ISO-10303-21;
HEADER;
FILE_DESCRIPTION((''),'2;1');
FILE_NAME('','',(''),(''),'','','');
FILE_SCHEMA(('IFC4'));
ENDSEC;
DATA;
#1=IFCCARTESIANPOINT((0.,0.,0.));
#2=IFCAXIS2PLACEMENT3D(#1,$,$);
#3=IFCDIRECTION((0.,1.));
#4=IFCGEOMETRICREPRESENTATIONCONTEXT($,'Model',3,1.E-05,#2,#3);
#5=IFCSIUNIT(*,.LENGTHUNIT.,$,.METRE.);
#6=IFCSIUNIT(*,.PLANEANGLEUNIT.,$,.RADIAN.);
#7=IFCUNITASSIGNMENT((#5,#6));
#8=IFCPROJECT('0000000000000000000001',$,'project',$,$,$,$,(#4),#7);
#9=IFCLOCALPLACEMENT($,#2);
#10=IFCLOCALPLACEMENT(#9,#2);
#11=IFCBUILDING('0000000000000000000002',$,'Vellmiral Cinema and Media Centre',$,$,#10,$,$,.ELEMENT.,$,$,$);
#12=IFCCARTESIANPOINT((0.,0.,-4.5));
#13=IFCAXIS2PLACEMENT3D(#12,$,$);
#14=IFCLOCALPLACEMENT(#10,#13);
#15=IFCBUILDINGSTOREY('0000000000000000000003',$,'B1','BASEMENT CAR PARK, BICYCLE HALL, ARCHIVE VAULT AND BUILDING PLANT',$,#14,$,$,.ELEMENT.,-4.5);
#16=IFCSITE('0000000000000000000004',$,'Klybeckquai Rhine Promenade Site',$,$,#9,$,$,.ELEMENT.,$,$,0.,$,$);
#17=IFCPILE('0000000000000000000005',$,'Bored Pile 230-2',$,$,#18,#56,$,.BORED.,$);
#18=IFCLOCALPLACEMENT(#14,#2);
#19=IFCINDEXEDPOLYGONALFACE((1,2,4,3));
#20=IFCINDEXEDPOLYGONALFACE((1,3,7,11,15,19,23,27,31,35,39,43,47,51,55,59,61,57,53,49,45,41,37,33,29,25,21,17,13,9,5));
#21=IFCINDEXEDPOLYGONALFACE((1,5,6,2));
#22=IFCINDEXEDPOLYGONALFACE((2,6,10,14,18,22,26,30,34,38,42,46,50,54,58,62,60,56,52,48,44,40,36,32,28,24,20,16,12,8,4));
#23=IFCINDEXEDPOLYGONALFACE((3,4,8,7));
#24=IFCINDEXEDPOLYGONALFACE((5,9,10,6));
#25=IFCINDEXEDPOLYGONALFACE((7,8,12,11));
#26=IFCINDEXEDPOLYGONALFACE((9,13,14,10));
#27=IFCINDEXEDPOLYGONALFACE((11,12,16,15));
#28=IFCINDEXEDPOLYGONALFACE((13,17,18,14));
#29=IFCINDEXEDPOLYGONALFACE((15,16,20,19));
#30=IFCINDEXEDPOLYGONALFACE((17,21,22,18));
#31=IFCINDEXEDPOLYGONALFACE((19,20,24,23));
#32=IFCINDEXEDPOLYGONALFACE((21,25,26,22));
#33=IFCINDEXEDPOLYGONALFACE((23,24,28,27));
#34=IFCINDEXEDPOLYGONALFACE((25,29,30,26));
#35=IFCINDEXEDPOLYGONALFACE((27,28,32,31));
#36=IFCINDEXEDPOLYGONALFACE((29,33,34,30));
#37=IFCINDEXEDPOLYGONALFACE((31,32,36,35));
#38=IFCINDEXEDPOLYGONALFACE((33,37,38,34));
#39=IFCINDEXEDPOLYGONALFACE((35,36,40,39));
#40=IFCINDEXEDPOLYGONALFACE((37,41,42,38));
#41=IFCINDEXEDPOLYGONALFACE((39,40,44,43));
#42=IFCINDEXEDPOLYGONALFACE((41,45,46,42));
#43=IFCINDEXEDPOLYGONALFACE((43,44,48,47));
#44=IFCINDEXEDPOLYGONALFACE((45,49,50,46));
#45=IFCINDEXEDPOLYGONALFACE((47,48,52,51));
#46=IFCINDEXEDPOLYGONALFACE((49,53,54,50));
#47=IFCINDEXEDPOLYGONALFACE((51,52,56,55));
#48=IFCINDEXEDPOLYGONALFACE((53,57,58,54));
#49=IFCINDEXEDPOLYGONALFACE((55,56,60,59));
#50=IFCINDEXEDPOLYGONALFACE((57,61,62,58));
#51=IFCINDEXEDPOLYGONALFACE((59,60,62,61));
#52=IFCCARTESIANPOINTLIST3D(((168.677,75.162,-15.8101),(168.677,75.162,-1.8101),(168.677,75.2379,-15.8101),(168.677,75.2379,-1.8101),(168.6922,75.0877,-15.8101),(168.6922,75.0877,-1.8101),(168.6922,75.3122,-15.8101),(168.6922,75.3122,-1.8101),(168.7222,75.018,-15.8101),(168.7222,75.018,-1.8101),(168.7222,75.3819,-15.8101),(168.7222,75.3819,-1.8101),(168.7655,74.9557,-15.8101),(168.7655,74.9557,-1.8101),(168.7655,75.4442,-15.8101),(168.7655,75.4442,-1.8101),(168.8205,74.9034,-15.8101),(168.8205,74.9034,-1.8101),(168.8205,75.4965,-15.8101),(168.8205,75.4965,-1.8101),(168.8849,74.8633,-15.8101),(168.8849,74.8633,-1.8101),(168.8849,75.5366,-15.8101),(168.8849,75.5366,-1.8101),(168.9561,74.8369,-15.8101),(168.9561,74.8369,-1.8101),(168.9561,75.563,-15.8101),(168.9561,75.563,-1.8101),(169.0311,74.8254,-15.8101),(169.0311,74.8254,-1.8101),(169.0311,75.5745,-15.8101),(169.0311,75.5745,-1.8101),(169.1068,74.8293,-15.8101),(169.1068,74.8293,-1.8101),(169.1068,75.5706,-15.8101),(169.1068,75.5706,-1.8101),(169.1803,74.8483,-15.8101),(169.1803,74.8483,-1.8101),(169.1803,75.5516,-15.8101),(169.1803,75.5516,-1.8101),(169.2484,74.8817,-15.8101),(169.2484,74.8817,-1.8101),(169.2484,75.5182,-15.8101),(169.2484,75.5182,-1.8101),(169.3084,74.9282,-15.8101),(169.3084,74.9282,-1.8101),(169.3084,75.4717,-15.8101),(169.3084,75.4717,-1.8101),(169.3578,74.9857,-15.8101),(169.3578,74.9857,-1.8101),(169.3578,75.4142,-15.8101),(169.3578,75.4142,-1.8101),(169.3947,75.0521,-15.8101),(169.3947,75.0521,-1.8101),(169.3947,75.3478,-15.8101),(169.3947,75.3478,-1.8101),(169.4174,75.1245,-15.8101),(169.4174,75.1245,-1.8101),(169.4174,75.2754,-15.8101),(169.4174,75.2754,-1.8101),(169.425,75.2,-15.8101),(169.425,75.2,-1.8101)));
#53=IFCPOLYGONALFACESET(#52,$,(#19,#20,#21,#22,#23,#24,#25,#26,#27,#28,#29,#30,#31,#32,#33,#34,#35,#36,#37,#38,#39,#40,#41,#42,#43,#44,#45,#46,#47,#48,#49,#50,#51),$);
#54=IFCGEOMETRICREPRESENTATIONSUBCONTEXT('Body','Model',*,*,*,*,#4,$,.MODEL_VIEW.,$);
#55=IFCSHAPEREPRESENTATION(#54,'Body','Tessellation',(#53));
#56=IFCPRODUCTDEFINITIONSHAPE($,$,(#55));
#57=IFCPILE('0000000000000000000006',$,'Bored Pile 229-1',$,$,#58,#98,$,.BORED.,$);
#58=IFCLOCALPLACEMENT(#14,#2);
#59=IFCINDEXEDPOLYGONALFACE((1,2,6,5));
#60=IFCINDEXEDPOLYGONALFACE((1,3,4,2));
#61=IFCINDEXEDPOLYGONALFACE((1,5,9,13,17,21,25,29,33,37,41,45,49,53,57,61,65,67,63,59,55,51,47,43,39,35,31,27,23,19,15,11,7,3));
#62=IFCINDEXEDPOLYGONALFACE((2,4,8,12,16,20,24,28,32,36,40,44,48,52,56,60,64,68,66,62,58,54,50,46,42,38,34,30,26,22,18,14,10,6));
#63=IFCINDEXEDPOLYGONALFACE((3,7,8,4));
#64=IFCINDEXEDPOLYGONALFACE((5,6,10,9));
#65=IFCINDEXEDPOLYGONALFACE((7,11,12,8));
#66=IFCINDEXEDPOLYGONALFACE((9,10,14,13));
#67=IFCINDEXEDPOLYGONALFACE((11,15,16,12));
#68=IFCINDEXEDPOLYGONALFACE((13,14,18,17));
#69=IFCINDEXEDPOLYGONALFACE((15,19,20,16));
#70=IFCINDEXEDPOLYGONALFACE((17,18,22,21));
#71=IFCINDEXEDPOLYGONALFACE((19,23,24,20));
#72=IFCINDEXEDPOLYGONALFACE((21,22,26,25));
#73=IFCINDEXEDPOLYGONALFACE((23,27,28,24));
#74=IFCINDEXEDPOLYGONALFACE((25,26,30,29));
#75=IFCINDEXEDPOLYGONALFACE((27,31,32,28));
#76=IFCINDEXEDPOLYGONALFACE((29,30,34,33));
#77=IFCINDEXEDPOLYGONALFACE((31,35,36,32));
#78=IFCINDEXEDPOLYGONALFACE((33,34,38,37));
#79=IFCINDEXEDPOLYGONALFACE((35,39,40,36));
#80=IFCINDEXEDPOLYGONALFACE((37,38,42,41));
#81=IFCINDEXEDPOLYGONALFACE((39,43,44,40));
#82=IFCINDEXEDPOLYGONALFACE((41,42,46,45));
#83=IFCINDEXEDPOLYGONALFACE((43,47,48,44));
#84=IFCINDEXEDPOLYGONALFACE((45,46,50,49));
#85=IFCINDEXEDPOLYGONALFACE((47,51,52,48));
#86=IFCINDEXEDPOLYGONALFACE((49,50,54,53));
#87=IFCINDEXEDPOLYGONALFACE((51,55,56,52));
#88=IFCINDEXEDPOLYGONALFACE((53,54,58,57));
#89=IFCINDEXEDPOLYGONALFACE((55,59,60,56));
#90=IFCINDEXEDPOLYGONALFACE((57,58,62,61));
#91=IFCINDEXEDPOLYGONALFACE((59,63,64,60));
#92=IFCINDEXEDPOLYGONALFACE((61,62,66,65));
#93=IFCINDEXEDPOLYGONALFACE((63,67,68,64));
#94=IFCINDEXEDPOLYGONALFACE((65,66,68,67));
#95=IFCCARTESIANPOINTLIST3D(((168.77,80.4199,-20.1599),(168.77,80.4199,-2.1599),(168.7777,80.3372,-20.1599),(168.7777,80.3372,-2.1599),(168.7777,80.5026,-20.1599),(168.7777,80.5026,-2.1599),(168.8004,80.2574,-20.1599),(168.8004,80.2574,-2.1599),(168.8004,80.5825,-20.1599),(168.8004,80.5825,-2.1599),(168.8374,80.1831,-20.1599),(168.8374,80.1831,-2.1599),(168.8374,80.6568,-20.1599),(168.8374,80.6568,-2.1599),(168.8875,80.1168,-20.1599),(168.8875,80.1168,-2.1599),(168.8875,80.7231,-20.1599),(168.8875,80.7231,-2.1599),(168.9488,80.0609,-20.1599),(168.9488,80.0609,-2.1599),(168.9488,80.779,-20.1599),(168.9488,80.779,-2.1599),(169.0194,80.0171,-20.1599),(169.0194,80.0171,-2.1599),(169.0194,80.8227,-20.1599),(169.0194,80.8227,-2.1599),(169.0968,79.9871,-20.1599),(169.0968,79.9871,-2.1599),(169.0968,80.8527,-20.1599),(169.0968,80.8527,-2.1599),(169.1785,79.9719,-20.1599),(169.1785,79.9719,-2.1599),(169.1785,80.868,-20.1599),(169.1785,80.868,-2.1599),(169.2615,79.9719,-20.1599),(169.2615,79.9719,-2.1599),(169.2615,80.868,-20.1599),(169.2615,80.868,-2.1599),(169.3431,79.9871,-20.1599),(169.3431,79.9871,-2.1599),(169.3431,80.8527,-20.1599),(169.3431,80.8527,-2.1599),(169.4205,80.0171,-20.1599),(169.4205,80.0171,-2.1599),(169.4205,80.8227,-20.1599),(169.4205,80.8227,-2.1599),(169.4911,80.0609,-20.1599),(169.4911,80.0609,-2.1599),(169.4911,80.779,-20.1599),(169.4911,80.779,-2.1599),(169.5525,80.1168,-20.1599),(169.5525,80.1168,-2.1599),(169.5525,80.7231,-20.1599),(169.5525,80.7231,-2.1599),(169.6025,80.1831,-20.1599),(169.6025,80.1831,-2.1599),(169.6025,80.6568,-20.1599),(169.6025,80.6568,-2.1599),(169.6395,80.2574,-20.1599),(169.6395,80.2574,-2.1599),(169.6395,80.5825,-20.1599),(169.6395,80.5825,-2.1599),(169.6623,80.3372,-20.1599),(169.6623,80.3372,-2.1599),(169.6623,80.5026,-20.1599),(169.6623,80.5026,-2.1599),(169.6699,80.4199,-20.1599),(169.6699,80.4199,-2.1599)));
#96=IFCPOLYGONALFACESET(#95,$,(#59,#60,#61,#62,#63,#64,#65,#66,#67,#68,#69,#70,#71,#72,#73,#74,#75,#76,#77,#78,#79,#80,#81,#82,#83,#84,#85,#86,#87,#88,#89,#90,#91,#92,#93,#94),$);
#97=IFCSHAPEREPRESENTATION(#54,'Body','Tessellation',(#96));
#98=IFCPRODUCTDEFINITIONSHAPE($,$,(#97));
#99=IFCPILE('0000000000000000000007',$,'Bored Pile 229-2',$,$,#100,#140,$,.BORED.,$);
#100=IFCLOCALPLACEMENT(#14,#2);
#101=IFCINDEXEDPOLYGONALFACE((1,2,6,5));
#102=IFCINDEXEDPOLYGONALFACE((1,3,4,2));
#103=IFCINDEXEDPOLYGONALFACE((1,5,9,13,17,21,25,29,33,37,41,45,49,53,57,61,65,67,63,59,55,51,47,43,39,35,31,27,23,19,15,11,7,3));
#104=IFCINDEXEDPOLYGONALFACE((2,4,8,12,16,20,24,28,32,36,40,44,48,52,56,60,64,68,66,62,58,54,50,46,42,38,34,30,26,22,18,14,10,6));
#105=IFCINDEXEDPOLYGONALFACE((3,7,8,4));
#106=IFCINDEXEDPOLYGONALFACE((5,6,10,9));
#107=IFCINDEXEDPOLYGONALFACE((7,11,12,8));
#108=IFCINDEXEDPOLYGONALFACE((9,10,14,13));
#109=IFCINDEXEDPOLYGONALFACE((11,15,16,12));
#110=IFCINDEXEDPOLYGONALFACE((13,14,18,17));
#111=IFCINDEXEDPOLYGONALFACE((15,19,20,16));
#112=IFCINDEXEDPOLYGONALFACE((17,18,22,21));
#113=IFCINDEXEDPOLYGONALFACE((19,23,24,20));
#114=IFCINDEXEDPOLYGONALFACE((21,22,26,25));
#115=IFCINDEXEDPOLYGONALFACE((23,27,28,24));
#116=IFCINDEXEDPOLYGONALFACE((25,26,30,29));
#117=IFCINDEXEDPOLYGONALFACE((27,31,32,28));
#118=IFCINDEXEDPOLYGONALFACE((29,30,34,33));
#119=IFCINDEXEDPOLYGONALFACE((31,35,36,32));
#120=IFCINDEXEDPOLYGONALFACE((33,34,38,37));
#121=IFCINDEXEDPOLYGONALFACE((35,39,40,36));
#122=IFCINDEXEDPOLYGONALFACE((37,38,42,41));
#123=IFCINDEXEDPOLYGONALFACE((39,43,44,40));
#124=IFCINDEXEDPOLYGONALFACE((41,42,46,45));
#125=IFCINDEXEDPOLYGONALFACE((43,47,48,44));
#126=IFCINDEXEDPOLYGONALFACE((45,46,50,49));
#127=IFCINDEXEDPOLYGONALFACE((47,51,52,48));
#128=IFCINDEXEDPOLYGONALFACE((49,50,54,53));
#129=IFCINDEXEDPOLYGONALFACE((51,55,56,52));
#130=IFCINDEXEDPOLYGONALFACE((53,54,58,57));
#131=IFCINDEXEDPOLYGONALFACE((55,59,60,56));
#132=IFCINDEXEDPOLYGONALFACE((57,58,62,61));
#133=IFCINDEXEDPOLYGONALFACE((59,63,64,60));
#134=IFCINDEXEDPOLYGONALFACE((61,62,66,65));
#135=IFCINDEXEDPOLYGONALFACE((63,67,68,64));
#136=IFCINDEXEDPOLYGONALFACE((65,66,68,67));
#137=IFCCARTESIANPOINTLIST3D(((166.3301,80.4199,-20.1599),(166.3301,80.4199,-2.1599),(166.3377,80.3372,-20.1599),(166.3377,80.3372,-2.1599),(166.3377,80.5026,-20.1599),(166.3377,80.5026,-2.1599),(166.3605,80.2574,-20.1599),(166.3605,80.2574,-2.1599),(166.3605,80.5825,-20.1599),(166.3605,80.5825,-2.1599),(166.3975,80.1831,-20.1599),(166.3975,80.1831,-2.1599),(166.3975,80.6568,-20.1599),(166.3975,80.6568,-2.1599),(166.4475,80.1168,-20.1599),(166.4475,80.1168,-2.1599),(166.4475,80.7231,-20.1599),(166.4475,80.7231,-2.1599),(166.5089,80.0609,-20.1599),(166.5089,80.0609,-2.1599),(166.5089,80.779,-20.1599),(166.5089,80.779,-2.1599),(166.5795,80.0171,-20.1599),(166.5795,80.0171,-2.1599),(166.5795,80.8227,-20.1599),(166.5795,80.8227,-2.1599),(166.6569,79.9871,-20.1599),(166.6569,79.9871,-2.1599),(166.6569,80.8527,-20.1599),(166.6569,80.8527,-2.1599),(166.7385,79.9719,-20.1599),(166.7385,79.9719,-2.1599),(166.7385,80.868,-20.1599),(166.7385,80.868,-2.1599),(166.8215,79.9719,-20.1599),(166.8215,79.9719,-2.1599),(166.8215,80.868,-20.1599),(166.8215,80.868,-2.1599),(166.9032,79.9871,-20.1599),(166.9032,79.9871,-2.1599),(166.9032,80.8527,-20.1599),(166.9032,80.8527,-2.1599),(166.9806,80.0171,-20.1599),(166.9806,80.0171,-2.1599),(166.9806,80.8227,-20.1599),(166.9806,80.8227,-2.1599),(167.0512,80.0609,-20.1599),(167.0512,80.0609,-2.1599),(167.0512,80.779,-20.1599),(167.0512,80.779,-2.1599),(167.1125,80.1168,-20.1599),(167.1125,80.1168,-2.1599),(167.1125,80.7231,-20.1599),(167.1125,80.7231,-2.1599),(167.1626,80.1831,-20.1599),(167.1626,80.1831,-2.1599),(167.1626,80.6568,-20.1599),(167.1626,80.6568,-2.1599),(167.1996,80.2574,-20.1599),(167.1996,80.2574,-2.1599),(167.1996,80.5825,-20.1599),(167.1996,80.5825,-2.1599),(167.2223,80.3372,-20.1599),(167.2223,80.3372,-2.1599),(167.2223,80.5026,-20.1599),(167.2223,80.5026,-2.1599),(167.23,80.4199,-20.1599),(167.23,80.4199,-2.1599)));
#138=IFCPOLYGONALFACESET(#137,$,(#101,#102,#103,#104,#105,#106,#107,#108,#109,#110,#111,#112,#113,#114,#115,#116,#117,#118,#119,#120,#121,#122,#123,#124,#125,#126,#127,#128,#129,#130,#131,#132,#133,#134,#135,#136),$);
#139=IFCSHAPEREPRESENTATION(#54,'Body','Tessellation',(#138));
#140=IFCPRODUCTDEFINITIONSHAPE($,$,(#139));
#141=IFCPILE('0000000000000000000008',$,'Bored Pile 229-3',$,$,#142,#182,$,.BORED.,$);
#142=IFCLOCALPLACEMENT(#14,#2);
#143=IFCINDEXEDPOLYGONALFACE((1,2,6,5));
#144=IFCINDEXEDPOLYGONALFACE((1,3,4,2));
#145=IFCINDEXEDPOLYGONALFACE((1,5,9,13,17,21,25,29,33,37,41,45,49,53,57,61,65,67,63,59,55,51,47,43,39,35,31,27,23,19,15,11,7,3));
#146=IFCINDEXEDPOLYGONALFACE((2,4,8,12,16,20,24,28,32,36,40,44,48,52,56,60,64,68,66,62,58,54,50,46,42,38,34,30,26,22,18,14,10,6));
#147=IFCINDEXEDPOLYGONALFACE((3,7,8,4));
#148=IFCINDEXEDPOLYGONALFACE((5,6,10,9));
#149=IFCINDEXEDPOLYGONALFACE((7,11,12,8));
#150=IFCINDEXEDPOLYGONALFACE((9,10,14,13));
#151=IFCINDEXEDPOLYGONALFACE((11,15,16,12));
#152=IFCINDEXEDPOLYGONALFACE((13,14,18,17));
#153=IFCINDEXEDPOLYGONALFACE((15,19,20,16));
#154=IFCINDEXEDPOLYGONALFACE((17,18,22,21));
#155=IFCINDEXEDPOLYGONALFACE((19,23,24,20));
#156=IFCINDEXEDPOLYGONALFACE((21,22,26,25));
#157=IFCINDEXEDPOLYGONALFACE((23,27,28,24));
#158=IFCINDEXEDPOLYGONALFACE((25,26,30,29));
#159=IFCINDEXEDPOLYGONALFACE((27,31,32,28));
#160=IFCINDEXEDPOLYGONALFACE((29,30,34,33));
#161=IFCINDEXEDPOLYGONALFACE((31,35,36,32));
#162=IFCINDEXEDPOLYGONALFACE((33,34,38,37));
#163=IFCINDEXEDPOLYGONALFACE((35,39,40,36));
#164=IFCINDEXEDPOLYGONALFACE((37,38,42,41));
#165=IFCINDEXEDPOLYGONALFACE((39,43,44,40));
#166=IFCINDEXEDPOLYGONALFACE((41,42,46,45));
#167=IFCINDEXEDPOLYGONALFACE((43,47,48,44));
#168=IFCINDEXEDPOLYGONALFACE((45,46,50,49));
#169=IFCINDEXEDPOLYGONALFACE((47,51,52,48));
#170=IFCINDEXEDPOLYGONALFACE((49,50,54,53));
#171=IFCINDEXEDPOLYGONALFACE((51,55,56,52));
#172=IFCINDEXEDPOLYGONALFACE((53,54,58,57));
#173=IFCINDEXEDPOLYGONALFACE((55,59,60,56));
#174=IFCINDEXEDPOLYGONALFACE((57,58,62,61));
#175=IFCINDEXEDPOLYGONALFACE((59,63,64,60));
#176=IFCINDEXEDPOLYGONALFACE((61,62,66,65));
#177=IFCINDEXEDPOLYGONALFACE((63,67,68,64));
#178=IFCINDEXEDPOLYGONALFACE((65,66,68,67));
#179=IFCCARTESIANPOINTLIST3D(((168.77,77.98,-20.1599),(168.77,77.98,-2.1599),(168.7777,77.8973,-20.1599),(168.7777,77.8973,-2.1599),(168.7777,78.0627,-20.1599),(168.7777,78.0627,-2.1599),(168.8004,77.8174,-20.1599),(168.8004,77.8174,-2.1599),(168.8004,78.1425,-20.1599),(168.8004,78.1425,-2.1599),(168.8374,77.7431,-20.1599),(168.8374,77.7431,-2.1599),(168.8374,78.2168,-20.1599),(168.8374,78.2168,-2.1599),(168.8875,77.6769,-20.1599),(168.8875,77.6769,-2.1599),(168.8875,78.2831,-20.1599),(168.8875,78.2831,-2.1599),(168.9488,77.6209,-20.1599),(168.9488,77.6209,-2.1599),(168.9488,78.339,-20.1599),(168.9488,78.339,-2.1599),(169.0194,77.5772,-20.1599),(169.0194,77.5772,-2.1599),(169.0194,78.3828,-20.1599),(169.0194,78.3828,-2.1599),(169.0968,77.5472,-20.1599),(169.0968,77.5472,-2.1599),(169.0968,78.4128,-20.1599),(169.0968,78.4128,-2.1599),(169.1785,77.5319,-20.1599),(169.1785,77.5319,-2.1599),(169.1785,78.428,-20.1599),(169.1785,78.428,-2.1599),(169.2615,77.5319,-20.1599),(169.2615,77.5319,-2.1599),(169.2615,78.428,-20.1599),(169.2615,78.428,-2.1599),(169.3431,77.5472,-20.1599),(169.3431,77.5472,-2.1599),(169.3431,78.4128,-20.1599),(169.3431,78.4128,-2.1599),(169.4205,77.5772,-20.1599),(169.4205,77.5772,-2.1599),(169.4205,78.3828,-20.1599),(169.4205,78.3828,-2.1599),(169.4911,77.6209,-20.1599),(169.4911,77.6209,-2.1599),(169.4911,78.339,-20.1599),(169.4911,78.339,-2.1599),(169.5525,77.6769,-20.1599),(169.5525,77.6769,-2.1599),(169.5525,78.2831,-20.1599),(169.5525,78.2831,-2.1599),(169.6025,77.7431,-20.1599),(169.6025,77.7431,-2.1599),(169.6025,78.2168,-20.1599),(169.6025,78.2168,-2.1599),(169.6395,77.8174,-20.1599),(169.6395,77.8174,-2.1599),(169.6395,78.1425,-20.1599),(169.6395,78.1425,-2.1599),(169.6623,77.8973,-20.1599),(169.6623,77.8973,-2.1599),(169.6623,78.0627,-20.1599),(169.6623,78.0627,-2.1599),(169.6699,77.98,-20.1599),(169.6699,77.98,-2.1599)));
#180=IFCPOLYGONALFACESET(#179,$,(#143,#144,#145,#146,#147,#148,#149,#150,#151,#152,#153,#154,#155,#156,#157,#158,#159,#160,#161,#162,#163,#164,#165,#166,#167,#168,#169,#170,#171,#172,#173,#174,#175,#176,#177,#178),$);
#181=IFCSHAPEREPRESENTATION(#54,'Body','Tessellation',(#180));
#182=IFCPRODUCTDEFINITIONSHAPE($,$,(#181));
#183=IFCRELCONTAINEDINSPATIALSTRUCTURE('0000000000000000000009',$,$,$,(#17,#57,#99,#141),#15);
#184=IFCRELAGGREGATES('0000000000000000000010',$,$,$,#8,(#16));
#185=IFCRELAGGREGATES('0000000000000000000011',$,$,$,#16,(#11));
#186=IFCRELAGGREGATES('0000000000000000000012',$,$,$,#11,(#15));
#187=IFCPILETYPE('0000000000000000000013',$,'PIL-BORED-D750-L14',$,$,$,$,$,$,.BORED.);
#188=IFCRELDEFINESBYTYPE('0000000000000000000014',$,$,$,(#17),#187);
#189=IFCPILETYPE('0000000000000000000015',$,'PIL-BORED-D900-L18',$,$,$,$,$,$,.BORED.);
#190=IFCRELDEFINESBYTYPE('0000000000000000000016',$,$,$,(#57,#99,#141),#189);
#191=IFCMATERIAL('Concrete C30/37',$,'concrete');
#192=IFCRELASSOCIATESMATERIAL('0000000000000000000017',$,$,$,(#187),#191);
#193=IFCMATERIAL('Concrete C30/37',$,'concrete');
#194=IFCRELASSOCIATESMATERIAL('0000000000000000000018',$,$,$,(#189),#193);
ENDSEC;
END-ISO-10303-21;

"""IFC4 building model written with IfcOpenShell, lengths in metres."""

from ifc_helpers import new_model, si_unit, direction, frame, origin, origin_2d, place, context, subcontext, project, spatial, circle, extrude, material, material_profile, profile_set, type_object, element, save


model = new_model("IFC4")

# Units and contexts
model_context = context("Model", 3, precision=1e-05, world=origin(), true_north=direction((0.0, 1.0)))
body_context = subcontext(model_context, "Body", "Model", "MODEL_VIEW")
ifc_project = project(units=[si_unit("LENGTHUNIT", "METRE"), si_unit("PLANEANGLEUNIT", "RADIAN")], contexts=[model_context])

# Site, building, storey
site_placement = place(None, origin())
site = spatial("IfcSite", under=ifc_project, at=site_placement, Name="Klybeckquai Rhine Promenade Site", CompositionType="ELEMENT", RefElevation=0.0)
building_placement = place(site_placement, origin())
building = spatial("IfcBuilding", under=site, at=building_placement, Name="Vellmiral Cinema and Media Centre", CompositionType="ELEMENT")
storey_placement = place(building_placement, frame((0.0, 0.0, -4.5)))
storey = spatial("IfcBuildingStorey", under=building, at=storey_placement, Name="B1", Description="BASEMENT CAR PARK, BICYCLE HALL, ARCHIVE VAULT AND BUILDING PLANT", CompositionType="ELEMENT", Elevation=-4.5)

# Piles
ifc_material_1 = material(Name="Concrete C30/37", Category="concrete")
ifc_material_profile_1 = material_profile(ifc_material_1, circle(Radius=0.375, at=origin_2d()), Name="PILE D750")
ifc_profile_set_1 = profile_set([ifc_material_profile_1], Name="Concrete C30/37")
pile_type_1 = type_object("IfcPileType", Name="PIL-BORED-D750-L14", PredefinedType="BORED", material=ifc_profile_set_1)
for number, where, z_axis, x_axis, name in (
    (1, (169.05, 75.2, -1.8101), (0.0, 0.0, -1.0), (1.0, 0.0, 0.0), "Bored Pile 230-2"),
):
    element("IfcPile", number, at=place(storey_placement, frame(where, z_axis=z_axis, x_axis=x_axis)), inside=storey, type_object=pile_type_1, Name=name, PredefinedType="BORED", context=body_context, shape_type="SweptSolid", body=[
        extrude(circle(Radius=0.375, at=origin_2d()), origin(), (0.0, 0.0, 1.0), 14.0),
    ])
ifc_material_2 = material(Name="Concrete C30/37", Category="concrete")
ifc_material_profile_2 = material_profile(ifc_material_2, circle(Radius=0.45, at=origin_2d()), Name="PILE D900")
ifc_profile_set_2 = profile_set([ifc_material_profile_2], Name="Concrete C30/37")
pile_type_2 = type_object("IfcPileType", Name="PIL-BORED-D900-L18", PredefinedType="BORED", material=ifc_profile_set_2)
for number, where, z_axis, x_axis, name in (
    (2, (169.22, 80.4199, -2.1599), (0.0, 0.0, -1.0), (1.0, 0.0, 0.0), "Bored Pile 229-1"),
    (3, (166.78, 80.4199, -2.1599), (0.0, 0.0, -1.0), (1.0, 0.0, 0.0), "Bored Pile 229-2"),
    (4, (169.22, 77.98, -2.1599), (0.0, 0.0, -1.0), (1.0, 0.0, 0.0), "Bored Pile 229-3"),
):
    element("IfcPile", number, at=place(storey_placement, frame(where, z_axis=z_axis, x_axis=x_axis)), inside=storey, type_object=pile_type_2, Name=name, PredefinedType="BORED", context=body_context, shape_type="SweptSolid", body=[
        extrude(circle(Radius=0.45, at=origin_2d()), origin(), (0.0, 0.0, 1.0), 18.0),
    ])

save(model, "model.ifc")
